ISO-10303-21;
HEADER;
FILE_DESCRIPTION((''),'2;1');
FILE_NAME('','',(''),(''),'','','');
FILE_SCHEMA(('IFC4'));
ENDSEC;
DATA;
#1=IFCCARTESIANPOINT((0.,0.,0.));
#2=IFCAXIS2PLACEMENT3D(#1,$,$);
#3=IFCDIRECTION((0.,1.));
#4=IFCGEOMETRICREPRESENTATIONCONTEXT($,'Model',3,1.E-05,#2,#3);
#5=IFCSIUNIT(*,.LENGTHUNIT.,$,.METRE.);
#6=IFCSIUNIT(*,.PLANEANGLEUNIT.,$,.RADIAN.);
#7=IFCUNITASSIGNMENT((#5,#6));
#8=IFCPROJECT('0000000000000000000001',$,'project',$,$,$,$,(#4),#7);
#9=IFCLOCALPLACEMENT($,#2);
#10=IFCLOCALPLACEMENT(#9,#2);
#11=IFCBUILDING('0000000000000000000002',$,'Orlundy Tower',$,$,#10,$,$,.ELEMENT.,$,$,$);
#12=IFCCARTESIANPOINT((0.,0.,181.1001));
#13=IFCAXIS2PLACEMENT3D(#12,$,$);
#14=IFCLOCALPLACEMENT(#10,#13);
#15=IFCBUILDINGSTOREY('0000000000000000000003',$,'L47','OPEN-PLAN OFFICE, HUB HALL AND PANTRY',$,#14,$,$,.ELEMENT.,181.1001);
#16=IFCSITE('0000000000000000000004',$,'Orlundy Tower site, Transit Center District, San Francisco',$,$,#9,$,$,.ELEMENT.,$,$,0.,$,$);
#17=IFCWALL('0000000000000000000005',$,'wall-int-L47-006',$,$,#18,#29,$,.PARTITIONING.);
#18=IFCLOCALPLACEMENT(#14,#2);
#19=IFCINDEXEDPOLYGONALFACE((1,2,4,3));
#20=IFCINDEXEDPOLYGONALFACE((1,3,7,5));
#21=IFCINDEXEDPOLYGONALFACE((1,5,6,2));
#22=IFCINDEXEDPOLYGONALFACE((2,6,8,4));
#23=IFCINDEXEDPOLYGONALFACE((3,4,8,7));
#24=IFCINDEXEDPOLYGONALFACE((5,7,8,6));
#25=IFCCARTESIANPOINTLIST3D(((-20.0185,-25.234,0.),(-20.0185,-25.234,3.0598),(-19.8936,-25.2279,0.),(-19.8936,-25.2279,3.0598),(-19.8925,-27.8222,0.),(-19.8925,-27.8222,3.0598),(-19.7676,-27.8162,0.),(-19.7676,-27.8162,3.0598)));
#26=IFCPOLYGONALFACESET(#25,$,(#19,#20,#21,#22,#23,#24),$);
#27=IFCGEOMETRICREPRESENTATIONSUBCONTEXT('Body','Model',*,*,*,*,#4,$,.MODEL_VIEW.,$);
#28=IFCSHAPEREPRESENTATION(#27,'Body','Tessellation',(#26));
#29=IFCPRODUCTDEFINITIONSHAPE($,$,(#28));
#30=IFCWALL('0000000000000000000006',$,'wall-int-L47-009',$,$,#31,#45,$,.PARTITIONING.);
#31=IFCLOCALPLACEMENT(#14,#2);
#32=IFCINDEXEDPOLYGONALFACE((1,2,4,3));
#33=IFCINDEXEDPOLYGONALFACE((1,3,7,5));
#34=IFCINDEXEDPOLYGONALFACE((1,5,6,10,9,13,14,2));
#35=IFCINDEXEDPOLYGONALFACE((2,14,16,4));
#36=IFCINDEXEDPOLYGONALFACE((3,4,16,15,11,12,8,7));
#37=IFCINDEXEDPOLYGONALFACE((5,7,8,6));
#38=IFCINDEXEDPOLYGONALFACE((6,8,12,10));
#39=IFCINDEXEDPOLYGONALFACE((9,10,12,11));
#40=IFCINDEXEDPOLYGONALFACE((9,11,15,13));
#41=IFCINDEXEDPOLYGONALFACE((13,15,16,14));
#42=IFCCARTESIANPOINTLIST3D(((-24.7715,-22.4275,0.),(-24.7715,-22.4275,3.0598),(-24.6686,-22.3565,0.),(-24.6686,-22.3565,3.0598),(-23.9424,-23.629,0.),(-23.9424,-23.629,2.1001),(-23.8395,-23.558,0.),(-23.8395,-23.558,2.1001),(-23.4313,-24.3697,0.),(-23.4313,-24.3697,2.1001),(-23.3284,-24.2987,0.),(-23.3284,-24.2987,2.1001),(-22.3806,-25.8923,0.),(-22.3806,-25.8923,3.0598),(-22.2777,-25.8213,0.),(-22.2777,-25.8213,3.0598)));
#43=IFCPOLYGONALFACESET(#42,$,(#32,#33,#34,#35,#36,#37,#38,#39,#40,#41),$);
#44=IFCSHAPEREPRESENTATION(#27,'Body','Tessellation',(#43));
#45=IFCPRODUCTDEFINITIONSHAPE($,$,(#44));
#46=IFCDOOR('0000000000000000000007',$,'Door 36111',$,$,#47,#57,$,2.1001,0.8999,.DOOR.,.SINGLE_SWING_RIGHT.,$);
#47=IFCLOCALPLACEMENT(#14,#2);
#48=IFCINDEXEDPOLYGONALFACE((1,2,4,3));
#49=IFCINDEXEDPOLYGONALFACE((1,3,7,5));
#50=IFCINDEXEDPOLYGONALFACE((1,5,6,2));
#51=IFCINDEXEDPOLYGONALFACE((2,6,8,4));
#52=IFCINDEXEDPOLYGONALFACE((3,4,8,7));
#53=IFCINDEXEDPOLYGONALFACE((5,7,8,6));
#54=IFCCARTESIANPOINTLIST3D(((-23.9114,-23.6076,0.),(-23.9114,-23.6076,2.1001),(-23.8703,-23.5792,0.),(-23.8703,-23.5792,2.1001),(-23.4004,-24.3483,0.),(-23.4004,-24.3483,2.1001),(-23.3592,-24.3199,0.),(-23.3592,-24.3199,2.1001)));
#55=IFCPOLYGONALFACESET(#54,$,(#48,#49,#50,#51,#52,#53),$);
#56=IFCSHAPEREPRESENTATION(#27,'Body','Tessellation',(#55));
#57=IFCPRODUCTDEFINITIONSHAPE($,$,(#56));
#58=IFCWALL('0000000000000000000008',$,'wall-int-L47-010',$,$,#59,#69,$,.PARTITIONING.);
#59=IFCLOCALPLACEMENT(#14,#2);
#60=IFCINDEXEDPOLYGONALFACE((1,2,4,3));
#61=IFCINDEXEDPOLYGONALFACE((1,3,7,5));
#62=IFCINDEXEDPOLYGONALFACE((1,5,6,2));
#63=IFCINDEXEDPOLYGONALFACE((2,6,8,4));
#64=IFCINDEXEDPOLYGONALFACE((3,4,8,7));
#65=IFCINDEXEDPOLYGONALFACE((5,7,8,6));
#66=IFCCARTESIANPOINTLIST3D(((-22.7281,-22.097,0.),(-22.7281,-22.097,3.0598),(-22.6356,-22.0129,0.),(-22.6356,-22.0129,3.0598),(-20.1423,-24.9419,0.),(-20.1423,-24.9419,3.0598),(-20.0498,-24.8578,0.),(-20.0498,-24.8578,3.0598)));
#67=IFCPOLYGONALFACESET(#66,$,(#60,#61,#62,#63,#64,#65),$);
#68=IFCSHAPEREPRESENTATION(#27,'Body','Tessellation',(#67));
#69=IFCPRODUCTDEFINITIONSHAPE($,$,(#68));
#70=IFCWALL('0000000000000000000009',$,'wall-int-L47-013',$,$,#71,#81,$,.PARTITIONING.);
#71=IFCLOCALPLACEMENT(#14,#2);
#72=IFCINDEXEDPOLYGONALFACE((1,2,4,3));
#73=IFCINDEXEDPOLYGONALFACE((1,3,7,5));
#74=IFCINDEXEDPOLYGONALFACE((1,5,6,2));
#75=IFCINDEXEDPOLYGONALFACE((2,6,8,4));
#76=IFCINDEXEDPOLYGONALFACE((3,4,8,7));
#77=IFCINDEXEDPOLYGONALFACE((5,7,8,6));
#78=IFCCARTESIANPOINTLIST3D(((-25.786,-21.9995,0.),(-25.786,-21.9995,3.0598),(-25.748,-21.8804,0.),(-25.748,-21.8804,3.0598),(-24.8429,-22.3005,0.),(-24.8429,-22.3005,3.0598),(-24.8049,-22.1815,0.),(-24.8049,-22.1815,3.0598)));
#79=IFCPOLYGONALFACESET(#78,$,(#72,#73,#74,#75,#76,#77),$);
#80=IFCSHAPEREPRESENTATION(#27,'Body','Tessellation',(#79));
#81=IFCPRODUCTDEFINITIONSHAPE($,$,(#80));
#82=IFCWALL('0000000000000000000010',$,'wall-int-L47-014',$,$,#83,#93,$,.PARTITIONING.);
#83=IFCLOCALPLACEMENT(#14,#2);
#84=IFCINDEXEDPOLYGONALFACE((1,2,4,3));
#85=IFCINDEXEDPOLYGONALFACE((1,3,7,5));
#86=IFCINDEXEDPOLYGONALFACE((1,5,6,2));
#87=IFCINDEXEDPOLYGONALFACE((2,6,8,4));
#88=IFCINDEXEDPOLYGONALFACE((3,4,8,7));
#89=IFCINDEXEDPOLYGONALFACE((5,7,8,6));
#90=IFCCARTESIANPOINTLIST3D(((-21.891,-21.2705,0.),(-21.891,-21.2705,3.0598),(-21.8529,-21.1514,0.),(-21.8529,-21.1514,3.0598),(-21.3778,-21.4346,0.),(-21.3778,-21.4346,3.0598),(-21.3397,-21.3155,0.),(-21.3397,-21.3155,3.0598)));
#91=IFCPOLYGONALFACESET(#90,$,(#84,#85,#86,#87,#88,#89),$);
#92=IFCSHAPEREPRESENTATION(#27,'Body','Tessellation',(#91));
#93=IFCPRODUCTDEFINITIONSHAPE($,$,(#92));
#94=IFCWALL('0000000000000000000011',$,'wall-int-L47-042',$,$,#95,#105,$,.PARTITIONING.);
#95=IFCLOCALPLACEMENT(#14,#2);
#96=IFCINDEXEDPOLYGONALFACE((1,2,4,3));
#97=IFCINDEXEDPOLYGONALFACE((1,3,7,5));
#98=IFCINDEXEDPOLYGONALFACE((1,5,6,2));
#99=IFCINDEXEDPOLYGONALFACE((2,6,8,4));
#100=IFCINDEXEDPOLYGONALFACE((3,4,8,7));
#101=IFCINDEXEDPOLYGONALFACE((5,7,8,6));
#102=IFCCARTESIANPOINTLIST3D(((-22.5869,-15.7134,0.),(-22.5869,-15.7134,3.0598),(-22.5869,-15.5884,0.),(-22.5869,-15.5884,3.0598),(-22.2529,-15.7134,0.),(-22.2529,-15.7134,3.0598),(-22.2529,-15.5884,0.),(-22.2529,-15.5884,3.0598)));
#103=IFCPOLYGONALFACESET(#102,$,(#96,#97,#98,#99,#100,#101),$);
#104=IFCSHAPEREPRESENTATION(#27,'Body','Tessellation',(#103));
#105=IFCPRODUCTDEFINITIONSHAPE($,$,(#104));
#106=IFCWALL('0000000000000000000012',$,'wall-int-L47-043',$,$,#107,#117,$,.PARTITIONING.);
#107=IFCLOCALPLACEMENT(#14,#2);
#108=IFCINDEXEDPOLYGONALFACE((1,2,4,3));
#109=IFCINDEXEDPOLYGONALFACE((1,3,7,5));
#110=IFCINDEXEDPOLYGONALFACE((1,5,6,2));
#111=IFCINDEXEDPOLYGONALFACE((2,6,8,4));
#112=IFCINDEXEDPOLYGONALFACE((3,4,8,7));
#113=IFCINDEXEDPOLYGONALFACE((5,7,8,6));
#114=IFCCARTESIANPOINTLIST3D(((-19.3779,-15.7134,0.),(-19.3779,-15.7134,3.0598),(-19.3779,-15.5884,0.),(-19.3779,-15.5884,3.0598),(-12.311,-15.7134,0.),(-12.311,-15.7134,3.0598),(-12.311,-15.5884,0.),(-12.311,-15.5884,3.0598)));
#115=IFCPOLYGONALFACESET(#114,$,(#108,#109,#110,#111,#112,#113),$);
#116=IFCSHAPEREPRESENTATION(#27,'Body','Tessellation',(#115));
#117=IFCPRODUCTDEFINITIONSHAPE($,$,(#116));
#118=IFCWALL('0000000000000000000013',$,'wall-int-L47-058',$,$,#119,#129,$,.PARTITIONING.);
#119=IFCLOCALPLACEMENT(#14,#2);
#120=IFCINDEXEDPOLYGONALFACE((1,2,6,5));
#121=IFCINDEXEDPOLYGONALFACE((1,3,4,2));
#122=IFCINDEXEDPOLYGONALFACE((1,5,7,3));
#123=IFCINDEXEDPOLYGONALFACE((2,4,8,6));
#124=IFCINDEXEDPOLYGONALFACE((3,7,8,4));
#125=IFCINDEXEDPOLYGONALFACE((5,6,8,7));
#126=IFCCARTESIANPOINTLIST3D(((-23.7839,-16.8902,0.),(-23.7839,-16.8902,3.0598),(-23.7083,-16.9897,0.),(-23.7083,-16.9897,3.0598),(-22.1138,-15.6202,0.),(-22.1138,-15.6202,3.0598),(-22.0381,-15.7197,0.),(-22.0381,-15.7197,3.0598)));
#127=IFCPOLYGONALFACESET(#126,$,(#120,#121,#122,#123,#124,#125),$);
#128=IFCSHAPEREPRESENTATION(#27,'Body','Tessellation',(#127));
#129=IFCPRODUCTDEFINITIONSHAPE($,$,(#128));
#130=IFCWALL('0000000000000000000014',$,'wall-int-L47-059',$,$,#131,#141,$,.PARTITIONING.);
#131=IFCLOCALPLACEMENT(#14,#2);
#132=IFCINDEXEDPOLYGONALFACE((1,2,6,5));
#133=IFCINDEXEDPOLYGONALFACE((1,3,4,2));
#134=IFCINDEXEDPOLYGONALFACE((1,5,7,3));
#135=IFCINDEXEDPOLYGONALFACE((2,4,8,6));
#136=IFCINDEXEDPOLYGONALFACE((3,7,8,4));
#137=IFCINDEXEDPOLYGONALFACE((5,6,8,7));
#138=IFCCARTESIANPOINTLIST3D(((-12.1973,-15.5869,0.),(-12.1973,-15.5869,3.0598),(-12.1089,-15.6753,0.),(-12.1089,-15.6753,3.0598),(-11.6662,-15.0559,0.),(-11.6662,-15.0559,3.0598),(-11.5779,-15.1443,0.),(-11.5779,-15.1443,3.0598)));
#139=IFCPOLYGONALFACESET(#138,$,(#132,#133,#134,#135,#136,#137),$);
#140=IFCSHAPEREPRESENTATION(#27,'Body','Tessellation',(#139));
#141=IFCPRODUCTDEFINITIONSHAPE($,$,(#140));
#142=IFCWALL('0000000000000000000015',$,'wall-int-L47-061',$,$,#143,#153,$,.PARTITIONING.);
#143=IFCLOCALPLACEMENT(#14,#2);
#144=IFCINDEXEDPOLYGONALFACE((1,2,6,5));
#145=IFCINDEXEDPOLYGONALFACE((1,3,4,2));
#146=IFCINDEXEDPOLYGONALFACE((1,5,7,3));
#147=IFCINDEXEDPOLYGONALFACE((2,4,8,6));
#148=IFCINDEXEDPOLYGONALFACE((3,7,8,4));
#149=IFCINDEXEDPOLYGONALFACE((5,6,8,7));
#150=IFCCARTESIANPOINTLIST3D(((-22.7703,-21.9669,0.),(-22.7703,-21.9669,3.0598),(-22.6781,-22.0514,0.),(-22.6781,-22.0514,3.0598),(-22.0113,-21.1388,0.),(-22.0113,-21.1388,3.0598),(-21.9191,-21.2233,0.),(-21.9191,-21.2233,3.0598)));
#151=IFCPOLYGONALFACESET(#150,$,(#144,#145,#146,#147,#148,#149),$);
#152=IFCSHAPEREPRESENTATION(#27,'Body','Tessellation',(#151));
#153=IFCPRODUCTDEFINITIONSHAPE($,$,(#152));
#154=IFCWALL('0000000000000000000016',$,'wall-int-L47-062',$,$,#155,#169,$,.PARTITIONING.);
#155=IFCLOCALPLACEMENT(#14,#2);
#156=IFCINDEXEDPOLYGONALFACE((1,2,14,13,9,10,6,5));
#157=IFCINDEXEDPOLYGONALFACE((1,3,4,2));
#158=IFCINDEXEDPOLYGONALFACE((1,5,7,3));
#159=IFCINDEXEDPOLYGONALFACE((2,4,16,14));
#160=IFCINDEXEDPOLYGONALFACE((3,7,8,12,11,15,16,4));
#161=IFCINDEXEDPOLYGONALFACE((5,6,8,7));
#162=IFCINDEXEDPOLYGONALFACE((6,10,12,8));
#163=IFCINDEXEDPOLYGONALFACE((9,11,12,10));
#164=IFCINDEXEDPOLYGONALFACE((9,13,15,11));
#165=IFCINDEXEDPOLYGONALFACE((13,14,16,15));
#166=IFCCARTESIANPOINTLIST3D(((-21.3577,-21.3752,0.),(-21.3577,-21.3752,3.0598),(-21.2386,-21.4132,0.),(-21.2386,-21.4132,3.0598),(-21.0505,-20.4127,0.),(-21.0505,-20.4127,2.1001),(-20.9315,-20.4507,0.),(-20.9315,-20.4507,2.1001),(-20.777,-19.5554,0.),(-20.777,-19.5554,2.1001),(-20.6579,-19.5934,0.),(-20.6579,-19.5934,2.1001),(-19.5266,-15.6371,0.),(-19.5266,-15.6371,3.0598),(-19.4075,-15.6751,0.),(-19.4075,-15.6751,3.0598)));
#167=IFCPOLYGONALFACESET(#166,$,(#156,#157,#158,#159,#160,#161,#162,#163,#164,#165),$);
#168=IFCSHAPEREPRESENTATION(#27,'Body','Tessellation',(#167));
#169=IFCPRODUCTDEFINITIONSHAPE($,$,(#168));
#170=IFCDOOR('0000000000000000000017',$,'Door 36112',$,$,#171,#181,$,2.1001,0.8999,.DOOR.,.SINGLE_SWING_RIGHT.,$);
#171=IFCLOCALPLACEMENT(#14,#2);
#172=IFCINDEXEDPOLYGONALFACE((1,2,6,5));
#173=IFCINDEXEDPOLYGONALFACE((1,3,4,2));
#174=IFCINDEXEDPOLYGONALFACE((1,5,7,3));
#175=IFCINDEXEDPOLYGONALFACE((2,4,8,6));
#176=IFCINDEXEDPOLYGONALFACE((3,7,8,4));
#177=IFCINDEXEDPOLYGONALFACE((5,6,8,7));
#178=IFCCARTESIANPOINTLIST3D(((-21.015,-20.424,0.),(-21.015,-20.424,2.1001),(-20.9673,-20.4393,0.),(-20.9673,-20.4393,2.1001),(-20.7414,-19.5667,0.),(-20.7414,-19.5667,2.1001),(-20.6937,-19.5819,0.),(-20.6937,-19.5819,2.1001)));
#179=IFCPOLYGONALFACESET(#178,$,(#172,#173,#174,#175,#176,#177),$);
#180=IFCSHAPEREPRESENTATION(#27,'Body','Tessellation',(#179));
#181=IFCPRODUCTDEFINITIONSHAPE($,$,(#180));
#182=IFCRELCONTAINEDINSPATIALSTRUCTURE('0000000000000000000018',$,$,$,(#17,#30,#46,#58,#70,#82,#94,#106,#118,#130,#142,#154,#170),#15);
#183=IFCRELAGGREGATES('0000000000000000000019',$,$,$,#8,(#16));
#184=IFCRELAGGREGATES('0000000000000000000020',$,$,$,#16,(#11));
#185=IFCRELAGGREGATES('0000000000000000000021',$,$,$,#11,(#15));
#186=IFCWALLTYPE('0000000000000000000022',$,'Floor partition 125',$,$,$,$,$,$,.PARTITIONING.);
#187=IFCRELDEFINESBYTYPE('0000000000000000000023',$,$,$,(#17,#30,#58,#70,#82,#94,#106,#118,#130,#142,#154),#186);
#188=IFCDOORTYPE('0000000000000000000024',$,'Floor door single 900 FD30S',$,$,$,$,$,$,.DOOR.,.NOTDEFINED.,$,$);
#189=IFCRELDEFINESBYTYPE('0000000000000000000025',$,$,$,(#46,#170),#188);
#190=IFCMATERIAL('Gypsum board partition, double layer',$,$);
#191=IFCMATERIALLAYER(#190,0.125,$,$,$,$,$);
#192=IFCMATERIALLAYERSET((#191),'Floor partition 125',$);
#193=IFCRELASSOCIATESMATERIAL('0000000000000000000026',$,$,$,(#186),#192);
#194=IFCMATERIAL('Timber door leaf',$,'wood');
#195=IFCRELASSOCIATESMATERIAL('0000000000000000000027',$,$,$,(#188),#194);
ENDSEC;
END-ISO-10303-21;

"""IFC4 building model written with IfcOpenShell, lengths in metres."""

from ifc_helpers import new_model, si_unit, direction, frame, frame_2d, origin, place, context, subcontext, project, spatial, rectangle, extrude, material, layer, layer_set, type_object, element, fill, save


model = new_model("IFC4")

# Units and contexts
model_context = context("Model", 3, precision=1e-05, world=origin(), true_north=direction((0.0, 1.0)))
body_context = subcontext(model_context, "Body", "Model", "MODEL_VIEW")
ifc_project = project(units=[si_unit("LENGTHUNIT", "METRE"), si_unit("PLANEANGLEUNIT", "RADIAN")], contexts=[model_context])

# Site, building, storey
site_placement = place(None, origin())
site = spatial("IfcSite", under=ifc_project, at=site_placement, Name="Orlundy Tower site, Transit Center District, San Francisco", CompositionType="ELEMENT", RefElevation=0.0)
building_placement = place(site_placement, origin())
building = spatial("IfcBuilding", under=site, at=building_placement, Name="Orlundy Tower", CompositionType="ELEMENT")
storey_placement = place(building_placement, frame((0.0, 0.0, 181.1001)))
storey = spatial("IfcBuildingStorey", under=building, at=storey_placement, Name="L47", Description="OPEN-PLAN OFFICE, HUB HALL AND PANTRY", CompositionType="ELEMENT", Elevation=181.1001)

# Wall
ifc_material_1 = material(Name="Gypsum board partition, double layer")
ifc_layer_1 = layer(ifc_material_1, 0.125)
ifc_layer_set_1 = layer_set([ifc_layer_1], Name="Floor partition 125")
wall_type_1 = type_object("IfcWallType", Name="Floor partition 125", PredefinedType="PARTITIONING", material=ifc_layer_set_1)
wall_1_placement = place(storey_placement, frame((-19.9561, -25.231, 0.0), z_axis=(0.0, 0.0, 1.0), x_axis=(0.048617, -0.998817, 0.0)))
element("IfcWall", 1, at=wall_1_placement, inside=storey, type_object=wall_type_1, Name="wall-int-L47-006", PredefinedType="PARTITIONING", context=body_context, shape_type="SweptSolid", body=[
    extrude(rectangle(XDim=2.5913, YDim=0.125, at=frame_2d((1.2957, 0.0))), origin(), (0.0, 0.0, 1.0), 3.0598),
])

# Wall, opening, door
wall_2_placement = place(storey_placement, frame((-22.3291, -25.8569, 0.0), z_axis=(0.0, 0.0, 1.0), x_axis=(-0.567946, 0.823066, 0.0)))
wall_2 = element("IfcWall", 2, at=wall_2_placement, inside=storey, type_object=wall_type_1, Name="wall-int-L47-009", PredefinedType="PARTITIONING", context=body_context, shape_type="SweptSolid", body=[
    extrude(rectangle(XDim=4.2097, YDim=0.125, at=frame_2d((2.105, 0.0))), origin(), (0.0, 0.0, 1.0), 3.0598),
])
opening_1_placement = place(wall_2_placement, frame((1.8501, 0.0, 0.0)))
opening_1 = element("IfcOpeningElement", 3, at=opening_1_placement, cuts=wall_2, PredefinedType="OPENING", context=body_context, shape_type="SweptSolid", body=[
    extrude(rectangle(XDim=0.8999, YDim=2.1001, at=frame_2d((0.45, 1.05))), frame((0.0, 0.0725, 0.0), z_axis=(0.0, -1.0, 0.0), x_axis=(1.0, 0.0, 0.0)), (0.0, 0.0, 1.0), 0.145),
])
ifc_material_2 = material(Name="Timber door leaf", Category="wood")
door_type_1 = type_object("IfcDoorType", Name="Floor door single 900 FD30S", OperationType="NOTDEFINED", PredefinedType="DOOR", material=ifc_material_2)
door_1_placement = place(opening_1_placement, origin())
door_1 = element("IfcDoor", 4, at=door_1_placement, inside=storey, type_object=door_type_1, Name="Door 36111", OperationType="SINGLE_SWING_RIGHT", OverallHeight=2.1001, OverallWidth=0.8999, PredefinedType="DOOR", context=body_context, shape_type="SweptSolid", body=[
    extrude(rectangle(XDim=0.8999, YDim=2.1001, at=frame_2d((0.45, 1.05))), frame((0.0, 0.0249, 0.0), z_axis=(0.0, -1.0, 0.0), x_axis=(1.0, 0.0, 0.0)), (0.0, 0.0, 1.0), 0.05),
])
fill(opening_1, door_1)

# Walls
wall_3_placement = place(storey_placement, frame((-20.0959, -24.8999, 0.0), z_axis=(0.0, 0.0, 1.0), x_axis=(-0.672616, 0.739992, 0.0)))
element("IfcWall", 5, at=wall_3_placement, inside=storey, type_object=wall_type_1, Name="wall-int-L47-010", PredefinedType="PARTITIONING", context=body_context, shape_type="SweptSolid", body=[
    extrude(rectangle(XDim=3.8445, YDim=0.125, at=frame_2d((1.9224, 0.0))), origin(), (0.0, 0.0, 1.0), 3.0598),
])
wall_4_placement = place(storey_placement, frame((-25.7671, -21.9399, 0.0), z_axis=(0.0, 0.0, 1.0), x_axis=(0.95265, -0.304069, 0.0)))
element("IfcWall", 6, at=wall_4_placement, inside=storey, type_object=wall_type_1, Name="wall-int-L47-013", PredefinedType="PARTITIONING", context=body_context, shape_type="SweptSolid", body=[
    extrude(rectangle(XDim=0.99, YDim=0.125, at=frame_2d((0.4951, 0.0))), origin(), (0.0, 0.0, 1.0), 3.0598),
])
wall_5_placement = place(storey_placement, frame((-21.8721, -21.2109, 0.0), z_axis=(0.0, 0.0, 1.0), x_axis=(0.952508, -0.304513, 0.0)))
element("IfcWall", 7, at=wall_5_placement, inside=storey, type_object=wall_type_1, Name="wall-int-L47-014", PredefinedType="PARTITIONING", context=body_context, shape_type="SweptSolid", body=[
    extrude(rectangle(XDim=0.5388, YDim=0.125, at=frame_2d((0.2695, 0.0))), origin(), (0.0, 0.0, 1.0), 3.0598),
])
wall_6_placement = place(storey_placement, frame((-22.5869, -15.6509, 0.0), z_axis=(0.0, 0.0, 1.0), x_axis=(1.0, 0.0, 0.0)))
element("IfcWall", 8, at=wall_6_placement, inside=storey, type_object=wall_type_1, Name="wall-int-L47-042", PredefinedType="PARTITIONING", context=body_context, shape_type="SweptSolid", body=[
    extrude(rectangle(XDim=0.334, YDim=0.125, at=frame_2d((0.167, 0.0))), origin(), (0.0, 0.0, 1.0), 3.0598),
])
wall_7_placement = place(storey_placement, frame((-19.3779, -15.6509, 0.0), z_axis=(0.0, 0.0, 1.0), x_axis=(1.0, 0.0, 0.0)))
element("IfcWall", 9, at=wall_7_placement, inside=storey, type_object=wall_type_1, Name="wall-int-L47-043", PredefinedType="PARTITIONING", context=body_context, shape_type="SweptSolid", body=[
    extrude(rectangle(XDim=7.0669, YDim=0.125, at=frame_2d((3.5334, 0.0))), origin(), (0.0, 0.0, 1.0), 3.0598),
])
wall_8_placement = place(storey_placement, frame((-23.7461, -16.9399, 0.0), z_axis=(0.0, 0.0, 1.0), x_axis=(0.796003, 0.605293, 0.0)))
element("IfcWall", 10, at=wall_8_placement, inside=storey, type_object=wall_type_1, Name="wall-int-L47-058", PredefinedType="PARTITIONING", context=body_context, shape_type="SweptSolid", body=[
    extrude(rectangle(XDim=2.0981, YDim=0.125, at=frame_2d((1.0491, 0.0))), origin(), (0.0, 0.0, 1.0), 3.0598),
])
wall_9_placement = place(storey_placement, frame((-12.1531, -15.6311, 0.0), z_axis=(0.0, 0.0, 1.0), x_axis=(0.707107, 0.707107, 0.0)))
element("IfcWall", 11, at=wall_9_placement, inside=storey, type_object=wall_type_1, Name="wall-int-L47-059", PredefinedType="PARTITIONING", context=body_context, shape_type="SweptSolid", body=[
    extrude(rectangle(XDim=0.751, YDim=0.125, at=frame_2d((0.3755, 0.0))), origin(), (0.0, 0.0, 1.0), 3.0598),
])
wall_10_placement = place(storey_placement, frame((-22.7241, -22.009, 0.0), z_axis=(0.0, 0.0, 1.0), x_axis=(0.675685, 0.73719, 0.0)))
element("IfcWall", 12, at=wall_10_placement, inside=storey, type_object=wall_type_1, Name="wall-int-L47-061", PredefinedType="PARTITIONING", context=body_context, shape_type="SweptSolid", body=[
    extrude(rectangle(XDim=1.1233, YDim=0.125, at=frame_2d((0.5615, 0.0))), origin(), (0.0, 0.0, 1.0), 3.0598),
])

# Wall, opening, door
wall_11_placement = place(storey_placement, frame((-19.467, -15.656, 0.0), z_axis=(0.0, 0.0, 1.0), x_axis=(-0.304005, -0.95267, 0.0)))
wall_11 = element("IfcWall", 13, at=wall_11_placement, inside=storey, type_object=wall_type_1, Name="wall-int-L47-062", PredefinedType="PARTITIONING", context=body_context, shape_type="SweptSolid", body=[
    extrude(rectangle(XDim=6.0232, YDim=0.125, at=frame_2d((3.0117, 0.0))), origin(), (0.0, 0.0, 1.0), 3.0598),
])
opening_2_placement = place(wall_11_placement, frame((4.113, 0.0, 0.0)))
opening_2 = element("IfcOpeningElement", 14, at=opening_2_placement, cuts=wall_11, PredefinedType="OPENING", context=body_context, shape_type="SweptSolid", body=[
    extrude(rectangle(XDim=0.8999, YDim=2.1001, at=frame_2d((0.45, 1.05))), frame((0.0, 0.0725, 0.0), z_axis=(0.0, -1.0, 0.0), x_axis=(1.0, 0.0, 0.0)), (0.0, 0.0, 1.0), 0.145),
])
door_2_placement = place(opening_2_placement, origin())
door_2 = element("IfcDoor", 15, at=door_2_placement, inside=storey, type_object=door_type_1, Name="Door 36112", OperationType="SINGLE_SWING_RIGHT", OverallHeight=2.1001, OverallWidth=0.8999, PredefinedType="DOOR", context=body_context, shape_type="SweptSolid", body=[
    extrude(rectangle(XDim=0.8999, YDim=2.1001, at=frame_2d((0.45, 1.05))), frame((0.0, 0.0249, 0.0), z_axis=(0.0, -1.0, 0.0), x_axis=(1.0, 0.0, 0.0)), (0.0, 0.0, 1.0), 0.05),
])
fill(opening_2, door_2)

save(model, "model.ifc")
